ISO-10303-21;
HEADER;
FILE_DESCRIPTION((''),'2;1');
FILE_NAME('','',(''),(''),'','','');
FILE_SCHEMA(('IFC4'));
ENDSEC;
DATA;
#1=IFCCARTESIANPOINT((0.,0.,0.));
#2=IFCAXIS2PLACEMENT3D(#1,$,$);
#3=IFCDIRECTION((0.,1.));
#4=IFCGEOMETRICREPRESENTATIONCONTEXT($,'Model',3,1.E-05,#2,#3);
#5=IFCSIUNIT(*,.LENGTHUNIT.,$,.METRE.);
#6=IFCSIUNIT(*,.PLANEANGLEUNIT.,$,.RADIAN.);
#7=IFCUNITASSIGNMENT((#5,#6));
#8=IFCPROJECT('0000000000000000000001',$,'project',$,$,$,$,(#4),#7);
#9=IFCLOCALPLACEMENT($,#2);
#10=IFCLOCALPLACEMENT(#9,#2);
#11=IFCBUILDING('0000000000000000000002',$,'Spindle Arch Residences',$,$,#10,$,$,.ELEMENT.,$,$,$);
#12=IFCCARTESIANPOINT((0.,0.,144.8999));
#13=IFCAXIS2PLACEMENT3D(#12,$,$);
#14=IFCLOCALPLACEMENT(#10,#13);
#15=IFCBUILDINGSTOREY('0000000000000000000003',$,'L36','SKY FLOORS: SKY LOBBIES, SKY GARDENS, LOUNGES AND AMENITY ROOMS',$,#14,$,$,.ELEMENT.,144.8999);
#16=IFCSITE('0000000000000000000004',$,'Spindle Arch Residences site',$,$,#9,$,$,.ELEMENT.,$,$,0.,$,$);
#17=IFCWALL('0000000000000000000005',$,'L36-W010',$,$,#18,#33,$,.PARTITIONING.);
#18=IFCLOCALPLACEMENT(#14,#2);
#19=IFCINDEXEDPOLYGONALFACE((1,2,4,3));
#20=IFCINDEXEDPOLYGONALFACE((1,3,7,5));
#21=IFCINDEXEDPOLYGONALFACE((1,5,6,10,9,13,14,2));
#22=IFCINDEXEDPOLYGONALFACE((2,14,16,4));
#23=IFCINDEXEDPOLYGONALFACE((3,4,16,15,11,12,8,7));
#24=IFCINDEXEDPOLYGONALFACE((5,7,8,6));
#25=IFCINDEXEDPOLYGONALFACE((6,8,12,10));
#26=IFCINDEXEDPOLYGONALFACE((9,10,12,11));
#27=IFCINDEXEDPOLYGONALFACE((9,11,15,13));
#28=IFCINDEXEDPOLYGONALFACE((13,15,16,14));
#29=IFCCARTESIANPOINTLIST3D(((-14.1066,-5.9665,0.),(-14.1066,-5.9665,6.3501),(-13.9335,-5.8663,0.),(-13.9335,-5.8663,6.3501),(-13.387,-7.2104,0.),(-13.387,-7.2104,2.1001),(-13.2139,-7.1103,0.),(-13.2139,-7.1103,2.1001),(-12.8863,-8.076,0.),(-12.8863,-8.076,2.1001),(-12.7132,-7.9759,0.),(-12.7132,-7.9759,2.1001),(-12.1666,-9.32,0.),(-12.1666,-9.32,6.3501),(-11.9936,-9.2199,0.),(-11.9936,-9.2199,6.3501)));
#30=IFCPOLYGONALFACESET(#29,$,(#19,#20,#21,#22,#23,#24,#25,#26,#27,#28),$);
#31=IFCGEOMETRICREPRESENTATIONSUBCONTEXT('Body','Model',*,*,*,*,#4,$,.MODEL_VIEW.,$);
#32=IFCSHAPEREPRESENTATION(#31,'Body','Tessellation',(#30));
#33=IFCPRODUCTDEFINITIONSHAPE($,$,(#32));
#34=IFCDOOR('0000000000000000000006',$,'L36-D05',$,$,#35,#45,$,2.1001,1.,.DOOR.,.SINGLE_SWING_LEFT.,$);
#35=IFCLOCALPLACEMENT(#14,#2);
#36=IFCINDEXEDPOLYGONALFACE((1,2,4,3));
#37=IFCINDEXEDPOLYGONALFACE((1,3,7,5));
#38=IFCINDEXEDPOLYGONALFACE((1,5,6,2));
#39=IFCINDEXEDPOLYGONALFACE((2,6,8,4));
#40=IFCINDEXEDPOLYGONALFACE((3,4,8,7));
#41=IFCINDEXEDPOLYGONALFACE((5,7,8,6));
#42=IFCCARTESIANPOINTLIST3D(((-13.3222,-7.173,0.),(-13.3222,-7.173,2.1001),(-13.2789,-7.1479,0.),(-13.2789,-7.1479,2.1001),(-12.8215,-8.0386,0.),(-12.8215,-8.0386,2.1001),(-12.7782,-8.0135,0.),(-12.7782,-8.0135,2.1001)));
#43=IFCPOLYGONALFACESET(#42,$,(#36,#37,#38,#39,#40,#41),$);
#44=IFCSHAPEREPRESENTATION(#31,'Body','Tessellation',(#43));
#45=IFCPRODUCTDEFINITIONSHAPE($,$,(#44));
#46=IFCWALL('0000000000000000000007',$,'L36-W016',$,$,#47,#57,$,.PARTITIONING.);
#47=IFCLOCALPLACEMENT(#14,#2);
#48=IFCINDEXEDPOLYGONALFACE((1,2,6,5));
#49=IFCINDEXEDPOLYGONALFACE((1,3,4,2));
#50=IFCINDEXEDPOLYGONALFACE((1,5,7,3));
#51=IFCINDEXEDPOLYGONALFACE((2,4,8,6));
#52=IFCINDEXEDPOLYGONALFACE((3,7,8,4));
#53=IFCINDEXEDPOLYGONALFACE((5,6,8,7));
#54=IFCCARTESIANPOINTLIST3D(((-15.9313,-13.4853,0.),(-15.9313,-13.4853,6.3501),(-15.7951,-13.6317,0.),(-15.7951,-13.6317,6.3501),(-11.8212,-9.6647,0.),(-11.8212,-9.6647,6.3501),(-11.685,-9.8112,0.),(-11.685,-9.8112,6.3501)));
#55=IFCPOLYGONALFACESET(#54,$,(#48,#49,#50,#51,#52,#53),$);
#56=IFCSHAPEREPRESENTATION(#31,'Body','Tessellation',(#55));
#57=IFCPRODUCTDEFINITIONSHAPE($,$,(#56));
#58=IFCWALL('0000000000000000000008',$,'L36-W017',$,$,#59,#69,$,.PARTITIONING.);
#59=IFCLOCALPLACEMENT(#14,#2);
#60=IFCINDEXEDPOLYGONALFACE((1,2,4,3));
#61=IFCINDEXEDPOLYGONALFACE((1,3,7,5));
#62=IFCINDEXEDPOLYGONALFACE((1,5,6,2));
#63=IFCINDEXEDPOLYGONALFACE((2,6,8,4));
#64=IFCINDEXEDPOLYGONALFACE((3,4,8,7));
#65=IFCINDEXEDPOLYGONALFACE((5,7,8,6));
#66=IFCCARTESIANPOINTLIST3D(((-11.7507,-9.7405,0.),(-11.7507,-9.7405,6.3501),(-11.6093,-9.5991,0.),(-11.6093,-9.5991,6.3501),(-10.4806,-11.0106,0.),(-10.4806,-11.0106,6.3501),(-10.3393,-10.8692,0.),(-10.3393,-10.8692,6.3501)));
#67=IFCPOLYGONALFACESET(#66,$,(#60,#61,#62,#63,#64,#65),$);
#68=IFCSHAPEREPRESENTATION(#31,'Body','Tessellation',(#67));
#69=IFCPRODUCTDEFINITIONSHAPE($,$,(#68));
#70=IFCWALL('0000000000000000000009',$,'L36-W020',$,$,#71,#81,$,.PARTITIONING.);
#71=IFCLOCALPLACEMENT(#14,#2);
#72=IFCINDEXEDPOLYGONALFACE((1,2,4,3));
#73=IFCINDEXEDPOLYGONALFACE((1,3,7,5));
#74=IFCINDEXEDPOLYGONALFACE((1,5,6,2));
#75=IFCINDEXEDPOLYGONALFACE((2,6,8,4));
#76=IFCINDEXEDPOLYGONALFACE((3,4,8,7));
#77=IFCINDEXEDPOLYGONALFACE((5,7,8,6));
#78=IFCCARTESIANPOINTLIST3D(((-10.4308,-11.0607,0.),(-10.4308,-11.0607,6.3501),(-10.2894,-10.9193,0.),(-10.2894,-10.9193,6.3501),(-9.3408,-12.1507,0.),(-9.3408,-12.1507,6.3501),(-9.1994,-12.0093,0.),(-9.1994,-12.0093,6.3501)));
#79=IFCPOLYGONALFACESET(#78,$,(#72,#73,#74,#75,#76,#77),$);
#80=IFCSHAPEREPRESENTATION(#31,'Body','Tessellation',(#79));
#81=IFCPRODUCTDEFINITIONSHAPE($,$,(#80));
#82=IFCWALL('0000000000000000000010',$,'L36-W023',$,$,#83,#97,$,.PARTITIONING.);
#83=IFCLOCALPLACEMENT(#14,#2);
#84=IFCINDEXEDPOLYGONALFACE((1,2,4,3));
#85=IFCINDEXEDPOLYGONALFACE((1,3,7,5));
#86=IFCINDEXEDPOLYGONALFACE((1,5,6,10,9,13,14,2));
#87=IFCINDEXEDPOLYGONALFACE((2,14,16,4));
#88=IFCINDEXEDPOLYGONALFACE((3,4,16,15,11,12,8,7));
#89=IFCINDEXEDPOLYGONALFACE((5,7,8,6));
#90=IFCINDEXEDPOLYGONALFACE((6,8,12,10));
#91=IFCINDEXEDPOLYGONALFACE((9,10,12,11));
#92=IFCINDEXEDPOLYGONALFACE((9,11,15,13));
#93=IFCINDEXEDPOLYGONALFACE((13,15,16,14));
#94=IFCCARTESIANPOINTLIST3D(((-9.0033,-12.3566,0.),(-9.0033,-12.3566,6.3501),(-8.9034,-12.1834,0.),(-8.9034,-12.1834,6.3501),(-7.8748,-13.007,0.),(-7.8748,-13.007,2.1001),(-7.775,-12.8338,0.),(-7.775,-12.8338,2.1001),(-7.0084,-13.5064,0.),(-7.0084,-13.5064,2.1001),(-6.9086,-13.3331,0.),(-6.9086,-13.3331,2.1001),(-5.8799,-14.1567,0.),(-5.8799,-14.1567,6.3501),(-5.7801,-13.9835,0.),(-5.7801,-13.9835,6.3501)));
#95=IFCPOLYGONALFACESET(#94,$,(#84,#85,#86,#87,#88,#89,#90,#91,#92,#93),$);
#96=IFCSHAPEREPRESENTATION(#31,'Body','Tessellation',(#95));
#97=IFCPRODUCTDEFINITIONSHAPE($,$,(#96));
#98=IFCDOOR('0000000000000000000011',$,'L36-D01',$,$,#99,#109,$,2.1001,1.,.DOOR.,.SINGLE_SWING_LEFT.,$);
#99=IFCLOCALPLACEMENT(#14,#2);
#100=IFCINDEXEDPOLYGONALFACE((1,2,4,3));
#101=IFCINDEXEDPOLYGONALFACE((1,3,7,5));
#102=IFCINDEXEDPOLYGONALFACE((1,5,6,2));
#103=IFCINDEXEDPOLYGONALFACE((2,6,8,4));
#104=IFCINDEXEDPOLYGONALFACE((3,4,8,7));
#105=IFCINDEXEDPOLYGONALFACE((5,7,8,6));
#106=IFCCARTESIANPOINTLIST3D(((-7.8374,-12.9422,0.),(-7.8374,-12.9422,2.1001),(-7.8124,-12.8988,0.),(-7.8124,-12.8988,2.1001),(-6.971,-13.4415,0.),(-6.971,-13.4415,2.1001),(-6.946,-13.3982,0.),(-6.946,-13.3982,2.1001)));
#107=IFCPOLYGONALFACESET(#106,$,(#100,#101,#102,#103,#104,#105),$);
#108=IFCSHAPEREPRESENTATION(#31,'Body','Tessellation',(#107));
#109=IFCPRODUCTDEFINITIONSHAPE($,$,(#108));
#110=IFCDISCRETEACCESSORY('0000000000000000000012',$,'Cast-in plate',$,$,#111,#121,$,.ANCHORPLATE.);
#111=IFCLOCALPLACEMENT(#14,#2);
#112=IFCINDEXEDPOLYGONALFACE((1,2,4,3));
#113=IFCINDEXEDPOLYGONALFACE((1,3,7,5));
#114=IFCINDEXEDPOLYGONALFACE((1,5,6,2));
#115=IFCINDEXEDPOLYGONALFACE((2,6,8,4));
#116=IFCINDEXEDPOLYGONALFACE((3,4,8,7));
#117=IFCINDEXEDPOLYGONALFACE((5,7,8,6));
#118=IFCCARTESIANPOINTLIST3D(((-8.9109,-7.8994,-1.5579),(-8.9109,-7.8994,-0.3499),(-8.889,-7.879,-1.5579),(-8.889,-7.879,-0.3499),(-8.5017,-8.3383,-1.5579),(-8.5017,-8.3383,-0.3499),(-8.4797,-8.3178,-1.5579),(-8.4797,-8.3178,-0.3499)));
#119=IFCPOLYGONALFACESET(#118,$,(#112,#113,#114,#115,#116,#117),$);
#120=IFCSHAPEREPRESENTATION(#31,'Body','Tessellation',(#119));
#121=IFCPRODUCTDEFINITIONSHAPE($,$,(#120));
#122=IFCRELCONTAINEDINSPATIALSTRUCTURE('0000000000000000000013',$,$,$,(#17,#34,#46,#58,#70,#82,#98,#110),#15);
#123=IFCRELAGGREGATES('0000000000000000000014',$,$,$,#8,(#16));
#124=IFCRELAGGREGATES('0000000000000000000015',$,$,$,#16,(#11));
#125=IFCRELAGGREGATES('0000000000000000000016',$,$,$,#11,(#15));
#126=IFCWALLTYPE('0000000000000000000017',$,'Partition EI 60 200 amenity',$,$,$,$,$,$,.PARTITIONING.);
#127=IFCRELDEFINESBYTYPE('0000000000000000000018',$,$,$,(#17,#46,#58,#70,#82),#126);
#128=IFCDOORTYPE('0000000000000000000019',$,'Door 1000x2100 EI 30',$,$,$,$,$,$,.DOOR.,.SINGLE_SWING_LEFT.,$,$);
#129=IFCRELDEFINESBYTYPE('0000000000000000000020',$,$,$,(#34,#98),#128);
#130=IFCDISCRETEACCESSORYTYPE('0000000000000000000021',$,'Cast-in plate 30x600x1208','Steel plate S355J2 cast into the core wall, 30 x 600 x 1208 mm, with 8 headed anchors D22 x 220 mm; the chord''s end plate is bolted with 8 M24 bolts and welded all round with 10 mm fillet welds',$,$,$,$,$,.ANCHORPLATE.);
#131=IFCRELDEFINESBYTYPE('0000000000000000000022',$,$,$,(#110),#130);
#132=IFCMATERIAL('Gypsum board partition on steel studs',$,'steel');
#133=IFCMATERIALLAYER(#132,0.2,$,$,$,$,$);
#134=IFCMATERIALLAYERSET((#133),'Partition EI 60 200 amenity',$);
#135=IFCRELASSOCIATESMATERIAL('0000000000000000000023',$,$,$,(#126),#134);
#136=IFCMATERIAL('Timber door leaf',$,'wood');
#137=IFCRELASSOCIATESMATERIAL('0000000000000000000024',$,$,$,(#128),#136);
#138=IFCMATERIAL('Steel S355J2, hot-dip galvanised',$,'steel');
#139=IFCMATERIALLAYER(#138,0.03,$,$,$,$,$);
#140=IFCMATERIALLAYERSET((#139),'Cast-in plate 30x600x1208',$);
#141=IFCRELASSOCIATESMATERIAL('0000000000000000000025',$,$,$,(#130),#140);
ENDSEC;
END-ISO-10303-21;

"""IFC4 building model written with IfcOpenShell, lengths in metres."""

from ifc_helpers import new_model, si_unit, direction, frame, frame_2d, origin, origin_2d, place, context, subcontext, project, spatial, rectangle, extrude, material, layer, layer_set, type_object, element, fill, save


model = new_model("IFC4")

# Units and contexts
model_context = context("Model", 3, precision=1e-05, world=origin(), true_north=direction((0.0, 1.0)))
body_context = subcontext(model_context, "Body", "Model", "MODEL_VIEW")
ifc_project = project(units=[si_unit("LENGTHUNIT", "METRE"), si_unit("PLANEANGLEUNIT", "RADIAN")], contexts=[model_context])

# Site, building, storey
site_placement = place(None, origin())
site = spatial("IfcSite", under=ifc_project, at=site_placement, Name="Spindle Arch Residences site", CompositionType="ELEMENT", RefElevation=0.0)
building_placement = place(site_placement, origin())
building = spatial("IfcBuilding", under=site, at=building_placement, Name="Spindle Arch Residences", CompositionType="ELEMENT")
storey_placement = place(building_placement, frame((0.0, 0.0, 144.8999)))
storey = spatial("IfcBuildingStorey", under=building, at=storey_placement, Name="L36", Description="SKY FLOORS: SKY LOBBIES, SKY GARDENS, LOUNGES AND AMENITY ROOMS", CompositionType="ELEMENT", Elevation=144.8999)

# Shared definitions
ifc_material_1 = material(Name="Gypsum board partition on steel studs", Category="steel")
ifc_layer_1 = layer(ifc_material_1, 0.2)
ifc_layer_set_1 = layer_set([ifc_layer_1], Name="Partition EI 60 200 amenity")
wall_type_1 = type_object("IfcWallType", Name="Partition EI 60 200 amenity", PredefinedType="PARTITIONING", material=ifc_layer_set_1)

# Wall, opening, door
wall_1_placement = place(storey_placement, frame((-14.02, -5.9165, 0.0), z_axis=(0.0, 0.0, 1.0), x_axis=(0.500733, -0.865602, 0.0)))
wall_1 = element("IfcWall", 1, at=wall_1_placement, inside=storey, type_object=wall_type_1, Name="L36-W010", PredefinedType="PARTITIONING", context=body_context, shape_type="SweptSolid", body=[
    extrude(rectangle(XDim=3.8743, YDim=0.2, at=frame_2d((1.937, 0.0))), origin(), (0.0, 0.0, 1.0), 6.3501),
])
opening_1_placement = place(wall_1_placement, frame((1.437, 0.0, 0.0)))
opening_1 = element("IfcOpeningElement", 2, at=opening_1_placement, cuts=wall_1, PredefinedType="OPENING", context=body_context, shape_type="SweptSolid", body=[
    extrude(rectangle(XDim=1.0, YDim=2.1001, at=frame_2d((0.5, 1.05))), frame((0.0, 0.1099, 0.0), z_axis=(0.0, -1.0, 0.0), x_axis=(1.0, 0.0, 0.0)), (0.0, 0.0, 1.0), 0.22),
])
ifc_material_2 = material(Name="Timber door leaf", Category="wood")
door_type_1 = type_object("IfcDoorType", Name="Door 1000x2100 EI 30", OperationType="SINGLE_SWING_LEFT", PredefinedType="DOOR", material=ifc_material_2)
door_1_placement = place(opening_1_placement, origin())
door_1 = element("IfcDoor", 3, at=door_1_placement, inside=storey, type_object=door_type_1, Name="L36-D05", OperationType="SINGLE_SWING_LEFT", OverallHeight=2.1001, OverallWidth=1.0, PredefinedType="DOOR", context=body_context, shape_type="SweptSolid", body=[
    extrude(rectangle(XDim=1.0, YDim=2.1001, at=frame_2d((0.5, 1.05))), frame((0.0, 0.0249, 0.0), z_axis=(0.0, -1.0, 0.0), x_axis=(1.0, 0.0, 0.0)), (0.0, 0.0, 1.0), 0.05),
])
fill(opening_1, door_1)

# Walls
wall_2_placement = place(storey_placement, frame((-11.7532, -9.738, 0.0), z_axis=(0.0, 0.0, 1.0), x_axis=(-0.732435, -0.680836, 0.0)))
element("IfcWall", 4, at=wall_2_placement, inside=storey, type_object=wall_type_1, Name="L36-W016", PredefinedType="PARTITIONING", context=body_context, shape_type="SweptSolid", body=[
    extrude(rectangle(XDim=5.6116, YDim=0.2, at=frame_2d((2.8057, 0.0))), origin(), (0.0, 0.0, 1.0), 6.3501),
])
wall_3_placement = place(storey_placement, frame((-11.6799, -9.6699, 0.0), z_axis=(0.0, 0.0, 1.0), x_axis=(0.707107, -0.707107, 0.0)))
element("IfcWall", 5, at=wall_3_placement, inside=storey, type_object=wall_type_1, Name="L36-W017", PredefinedType="PARTITIONING", context=body_context, shape_type="SweptSolid", body=[
    extrude(rectangle(XDim=1.7961, YDim=0.2, at=frame_2d((0.8979, 0.0))), origin(), (0.0, 0.0, 1.0), 6.3501),
])
wall_4_placement = place(storey_placement, frame((-10.3601, -10.99, 0.0), z_axis=(0.0, 0.0, 1.0), x_axis=(0.707107, -0.707107, 0.0)))
element("IfcWall", 6, at=wall_4_placement, inside=storey, type_object=wall_type_1, Name="L36-W020", PredefinedType="PARTITIONING", context=body_context, shape_type="SweptSolid", body=[
    extrude(rectangle(XDim=1.5415, YDim=0.2, at=frame_2d((0.7708, 0.0))), origin(), (0.0, 0.0, 1.0), 6.3501),
])

# Wall, opening, door
wall_5_placement = place(storey_placement, frame((-8.9534, -12.27, 0.0), z_axis=(0.0, 0.0, 1.0), x_axis=(0.866408, -0.499337, 0.0)))
wall_5 = element("IfcWall", 7, at=wall_5_placement, inside=storey, type_object=wall_type_1, Name="L36-W023", PredefinedType="PARTITIONING", context=body_context, shape_type="SweptSolid", body=[
    extrude(rectangle(XDim=3.605, YDim=0.2, at=frame_2d((1.8025, 0.0))), origin(), (0.0, 0.0, 1.0), 6.3501),
])
opening_2_placement = place(wall_5_placement, frame((1.3025, 0.0, 0.0)))
opening_2 = element("IfcOpeningElement", 8, at=opening_2_placement, cuts=wall_5, PredefinedType="OPENING", context=body_context, shape_type="SweptSolid", body=[
    extrude(rectangle(XDim=1.0, YDim=2.1001, at=frame_2d((0.5, 1.05))), frame((0.0, 0.1099, 0.0), z_axis=(0.0, -1.0, 0.0), x_axis=(1.0, 0.0, 0.0)), (0.0, 0.0, 1.0), 0.22),
])
door_2_placement = place(opening_2_placement, origin())
door_2 = element("IfcDoor", 9, at=door_2_placement, inside=storey, type_object=door_type_1, Name="L36-D01", OperationType="SINGLE_SWING_LEFT", OverallHeight=2.1001, OverallWidth=1.0, PredefinedType="DOOR", context=body_context, shape_type="SweptSolid", body=[
    extrude(rectangle(XDim=1.0, YDim=2.1001, at=frame_2d((0.5, 1.05))), frame((0.0, 0.0249, 0.0), z_axis=(0.0, -1.0, 0.0), x_axis=(1.0, 0.0, 0.0)), (0.0, 0.0, 1.0), 0.05),
])
fill(opening_2, door_2)

# Discrete accessory
ifc_material_3 = material(Name="Steel S355J2, hot-dip galvanised", Category="steel")
ifc_layer_2 = layer(ifc_material_3, 0.03)
ifc_layer_set_2 = layer_set([ifc_layer_2], Name="Cast-in plate 30x600x1208")
discrete_accessory_type = type_object("IfcDiscreteAccessoryType", Name="Cast-in plate 30x600x1208", Description="Steel plate S355J2 cast into the core wall, 30 x 600 x 1208 mm, with 8 headed anchors D22 x 220 mm; the chord's end plate is bolted with 8 M24 bolts and welded all round with 10 mm fillet welds", PredefinedType="ANCHORPLATE", material=ifc_layer_set_2)
discrete_accessory_placement = place(storey_placement, frame((-8.6953, -8.1086, -1.5579), z_axis=(0.0, 0.0, 1.0), x_axis=(-0.731353, -0.682, 0.0)))
element("IfcDiscreteAccessory", 10, at=discrete_accessory_placement, inside=storey, type_object=discrete_accessory_type, Name="Cast-in plate", PredefinedType="ANCHORPLATE", context=body_context, shape_type="SweptSolid", body=[
    extrude(rectangle(XDim=0.03, YDim=0.6001, at=origin_2d()), origin(), (0.0, 0.0, 1.0), 1.208),
])

save(model, "model.ifc")
